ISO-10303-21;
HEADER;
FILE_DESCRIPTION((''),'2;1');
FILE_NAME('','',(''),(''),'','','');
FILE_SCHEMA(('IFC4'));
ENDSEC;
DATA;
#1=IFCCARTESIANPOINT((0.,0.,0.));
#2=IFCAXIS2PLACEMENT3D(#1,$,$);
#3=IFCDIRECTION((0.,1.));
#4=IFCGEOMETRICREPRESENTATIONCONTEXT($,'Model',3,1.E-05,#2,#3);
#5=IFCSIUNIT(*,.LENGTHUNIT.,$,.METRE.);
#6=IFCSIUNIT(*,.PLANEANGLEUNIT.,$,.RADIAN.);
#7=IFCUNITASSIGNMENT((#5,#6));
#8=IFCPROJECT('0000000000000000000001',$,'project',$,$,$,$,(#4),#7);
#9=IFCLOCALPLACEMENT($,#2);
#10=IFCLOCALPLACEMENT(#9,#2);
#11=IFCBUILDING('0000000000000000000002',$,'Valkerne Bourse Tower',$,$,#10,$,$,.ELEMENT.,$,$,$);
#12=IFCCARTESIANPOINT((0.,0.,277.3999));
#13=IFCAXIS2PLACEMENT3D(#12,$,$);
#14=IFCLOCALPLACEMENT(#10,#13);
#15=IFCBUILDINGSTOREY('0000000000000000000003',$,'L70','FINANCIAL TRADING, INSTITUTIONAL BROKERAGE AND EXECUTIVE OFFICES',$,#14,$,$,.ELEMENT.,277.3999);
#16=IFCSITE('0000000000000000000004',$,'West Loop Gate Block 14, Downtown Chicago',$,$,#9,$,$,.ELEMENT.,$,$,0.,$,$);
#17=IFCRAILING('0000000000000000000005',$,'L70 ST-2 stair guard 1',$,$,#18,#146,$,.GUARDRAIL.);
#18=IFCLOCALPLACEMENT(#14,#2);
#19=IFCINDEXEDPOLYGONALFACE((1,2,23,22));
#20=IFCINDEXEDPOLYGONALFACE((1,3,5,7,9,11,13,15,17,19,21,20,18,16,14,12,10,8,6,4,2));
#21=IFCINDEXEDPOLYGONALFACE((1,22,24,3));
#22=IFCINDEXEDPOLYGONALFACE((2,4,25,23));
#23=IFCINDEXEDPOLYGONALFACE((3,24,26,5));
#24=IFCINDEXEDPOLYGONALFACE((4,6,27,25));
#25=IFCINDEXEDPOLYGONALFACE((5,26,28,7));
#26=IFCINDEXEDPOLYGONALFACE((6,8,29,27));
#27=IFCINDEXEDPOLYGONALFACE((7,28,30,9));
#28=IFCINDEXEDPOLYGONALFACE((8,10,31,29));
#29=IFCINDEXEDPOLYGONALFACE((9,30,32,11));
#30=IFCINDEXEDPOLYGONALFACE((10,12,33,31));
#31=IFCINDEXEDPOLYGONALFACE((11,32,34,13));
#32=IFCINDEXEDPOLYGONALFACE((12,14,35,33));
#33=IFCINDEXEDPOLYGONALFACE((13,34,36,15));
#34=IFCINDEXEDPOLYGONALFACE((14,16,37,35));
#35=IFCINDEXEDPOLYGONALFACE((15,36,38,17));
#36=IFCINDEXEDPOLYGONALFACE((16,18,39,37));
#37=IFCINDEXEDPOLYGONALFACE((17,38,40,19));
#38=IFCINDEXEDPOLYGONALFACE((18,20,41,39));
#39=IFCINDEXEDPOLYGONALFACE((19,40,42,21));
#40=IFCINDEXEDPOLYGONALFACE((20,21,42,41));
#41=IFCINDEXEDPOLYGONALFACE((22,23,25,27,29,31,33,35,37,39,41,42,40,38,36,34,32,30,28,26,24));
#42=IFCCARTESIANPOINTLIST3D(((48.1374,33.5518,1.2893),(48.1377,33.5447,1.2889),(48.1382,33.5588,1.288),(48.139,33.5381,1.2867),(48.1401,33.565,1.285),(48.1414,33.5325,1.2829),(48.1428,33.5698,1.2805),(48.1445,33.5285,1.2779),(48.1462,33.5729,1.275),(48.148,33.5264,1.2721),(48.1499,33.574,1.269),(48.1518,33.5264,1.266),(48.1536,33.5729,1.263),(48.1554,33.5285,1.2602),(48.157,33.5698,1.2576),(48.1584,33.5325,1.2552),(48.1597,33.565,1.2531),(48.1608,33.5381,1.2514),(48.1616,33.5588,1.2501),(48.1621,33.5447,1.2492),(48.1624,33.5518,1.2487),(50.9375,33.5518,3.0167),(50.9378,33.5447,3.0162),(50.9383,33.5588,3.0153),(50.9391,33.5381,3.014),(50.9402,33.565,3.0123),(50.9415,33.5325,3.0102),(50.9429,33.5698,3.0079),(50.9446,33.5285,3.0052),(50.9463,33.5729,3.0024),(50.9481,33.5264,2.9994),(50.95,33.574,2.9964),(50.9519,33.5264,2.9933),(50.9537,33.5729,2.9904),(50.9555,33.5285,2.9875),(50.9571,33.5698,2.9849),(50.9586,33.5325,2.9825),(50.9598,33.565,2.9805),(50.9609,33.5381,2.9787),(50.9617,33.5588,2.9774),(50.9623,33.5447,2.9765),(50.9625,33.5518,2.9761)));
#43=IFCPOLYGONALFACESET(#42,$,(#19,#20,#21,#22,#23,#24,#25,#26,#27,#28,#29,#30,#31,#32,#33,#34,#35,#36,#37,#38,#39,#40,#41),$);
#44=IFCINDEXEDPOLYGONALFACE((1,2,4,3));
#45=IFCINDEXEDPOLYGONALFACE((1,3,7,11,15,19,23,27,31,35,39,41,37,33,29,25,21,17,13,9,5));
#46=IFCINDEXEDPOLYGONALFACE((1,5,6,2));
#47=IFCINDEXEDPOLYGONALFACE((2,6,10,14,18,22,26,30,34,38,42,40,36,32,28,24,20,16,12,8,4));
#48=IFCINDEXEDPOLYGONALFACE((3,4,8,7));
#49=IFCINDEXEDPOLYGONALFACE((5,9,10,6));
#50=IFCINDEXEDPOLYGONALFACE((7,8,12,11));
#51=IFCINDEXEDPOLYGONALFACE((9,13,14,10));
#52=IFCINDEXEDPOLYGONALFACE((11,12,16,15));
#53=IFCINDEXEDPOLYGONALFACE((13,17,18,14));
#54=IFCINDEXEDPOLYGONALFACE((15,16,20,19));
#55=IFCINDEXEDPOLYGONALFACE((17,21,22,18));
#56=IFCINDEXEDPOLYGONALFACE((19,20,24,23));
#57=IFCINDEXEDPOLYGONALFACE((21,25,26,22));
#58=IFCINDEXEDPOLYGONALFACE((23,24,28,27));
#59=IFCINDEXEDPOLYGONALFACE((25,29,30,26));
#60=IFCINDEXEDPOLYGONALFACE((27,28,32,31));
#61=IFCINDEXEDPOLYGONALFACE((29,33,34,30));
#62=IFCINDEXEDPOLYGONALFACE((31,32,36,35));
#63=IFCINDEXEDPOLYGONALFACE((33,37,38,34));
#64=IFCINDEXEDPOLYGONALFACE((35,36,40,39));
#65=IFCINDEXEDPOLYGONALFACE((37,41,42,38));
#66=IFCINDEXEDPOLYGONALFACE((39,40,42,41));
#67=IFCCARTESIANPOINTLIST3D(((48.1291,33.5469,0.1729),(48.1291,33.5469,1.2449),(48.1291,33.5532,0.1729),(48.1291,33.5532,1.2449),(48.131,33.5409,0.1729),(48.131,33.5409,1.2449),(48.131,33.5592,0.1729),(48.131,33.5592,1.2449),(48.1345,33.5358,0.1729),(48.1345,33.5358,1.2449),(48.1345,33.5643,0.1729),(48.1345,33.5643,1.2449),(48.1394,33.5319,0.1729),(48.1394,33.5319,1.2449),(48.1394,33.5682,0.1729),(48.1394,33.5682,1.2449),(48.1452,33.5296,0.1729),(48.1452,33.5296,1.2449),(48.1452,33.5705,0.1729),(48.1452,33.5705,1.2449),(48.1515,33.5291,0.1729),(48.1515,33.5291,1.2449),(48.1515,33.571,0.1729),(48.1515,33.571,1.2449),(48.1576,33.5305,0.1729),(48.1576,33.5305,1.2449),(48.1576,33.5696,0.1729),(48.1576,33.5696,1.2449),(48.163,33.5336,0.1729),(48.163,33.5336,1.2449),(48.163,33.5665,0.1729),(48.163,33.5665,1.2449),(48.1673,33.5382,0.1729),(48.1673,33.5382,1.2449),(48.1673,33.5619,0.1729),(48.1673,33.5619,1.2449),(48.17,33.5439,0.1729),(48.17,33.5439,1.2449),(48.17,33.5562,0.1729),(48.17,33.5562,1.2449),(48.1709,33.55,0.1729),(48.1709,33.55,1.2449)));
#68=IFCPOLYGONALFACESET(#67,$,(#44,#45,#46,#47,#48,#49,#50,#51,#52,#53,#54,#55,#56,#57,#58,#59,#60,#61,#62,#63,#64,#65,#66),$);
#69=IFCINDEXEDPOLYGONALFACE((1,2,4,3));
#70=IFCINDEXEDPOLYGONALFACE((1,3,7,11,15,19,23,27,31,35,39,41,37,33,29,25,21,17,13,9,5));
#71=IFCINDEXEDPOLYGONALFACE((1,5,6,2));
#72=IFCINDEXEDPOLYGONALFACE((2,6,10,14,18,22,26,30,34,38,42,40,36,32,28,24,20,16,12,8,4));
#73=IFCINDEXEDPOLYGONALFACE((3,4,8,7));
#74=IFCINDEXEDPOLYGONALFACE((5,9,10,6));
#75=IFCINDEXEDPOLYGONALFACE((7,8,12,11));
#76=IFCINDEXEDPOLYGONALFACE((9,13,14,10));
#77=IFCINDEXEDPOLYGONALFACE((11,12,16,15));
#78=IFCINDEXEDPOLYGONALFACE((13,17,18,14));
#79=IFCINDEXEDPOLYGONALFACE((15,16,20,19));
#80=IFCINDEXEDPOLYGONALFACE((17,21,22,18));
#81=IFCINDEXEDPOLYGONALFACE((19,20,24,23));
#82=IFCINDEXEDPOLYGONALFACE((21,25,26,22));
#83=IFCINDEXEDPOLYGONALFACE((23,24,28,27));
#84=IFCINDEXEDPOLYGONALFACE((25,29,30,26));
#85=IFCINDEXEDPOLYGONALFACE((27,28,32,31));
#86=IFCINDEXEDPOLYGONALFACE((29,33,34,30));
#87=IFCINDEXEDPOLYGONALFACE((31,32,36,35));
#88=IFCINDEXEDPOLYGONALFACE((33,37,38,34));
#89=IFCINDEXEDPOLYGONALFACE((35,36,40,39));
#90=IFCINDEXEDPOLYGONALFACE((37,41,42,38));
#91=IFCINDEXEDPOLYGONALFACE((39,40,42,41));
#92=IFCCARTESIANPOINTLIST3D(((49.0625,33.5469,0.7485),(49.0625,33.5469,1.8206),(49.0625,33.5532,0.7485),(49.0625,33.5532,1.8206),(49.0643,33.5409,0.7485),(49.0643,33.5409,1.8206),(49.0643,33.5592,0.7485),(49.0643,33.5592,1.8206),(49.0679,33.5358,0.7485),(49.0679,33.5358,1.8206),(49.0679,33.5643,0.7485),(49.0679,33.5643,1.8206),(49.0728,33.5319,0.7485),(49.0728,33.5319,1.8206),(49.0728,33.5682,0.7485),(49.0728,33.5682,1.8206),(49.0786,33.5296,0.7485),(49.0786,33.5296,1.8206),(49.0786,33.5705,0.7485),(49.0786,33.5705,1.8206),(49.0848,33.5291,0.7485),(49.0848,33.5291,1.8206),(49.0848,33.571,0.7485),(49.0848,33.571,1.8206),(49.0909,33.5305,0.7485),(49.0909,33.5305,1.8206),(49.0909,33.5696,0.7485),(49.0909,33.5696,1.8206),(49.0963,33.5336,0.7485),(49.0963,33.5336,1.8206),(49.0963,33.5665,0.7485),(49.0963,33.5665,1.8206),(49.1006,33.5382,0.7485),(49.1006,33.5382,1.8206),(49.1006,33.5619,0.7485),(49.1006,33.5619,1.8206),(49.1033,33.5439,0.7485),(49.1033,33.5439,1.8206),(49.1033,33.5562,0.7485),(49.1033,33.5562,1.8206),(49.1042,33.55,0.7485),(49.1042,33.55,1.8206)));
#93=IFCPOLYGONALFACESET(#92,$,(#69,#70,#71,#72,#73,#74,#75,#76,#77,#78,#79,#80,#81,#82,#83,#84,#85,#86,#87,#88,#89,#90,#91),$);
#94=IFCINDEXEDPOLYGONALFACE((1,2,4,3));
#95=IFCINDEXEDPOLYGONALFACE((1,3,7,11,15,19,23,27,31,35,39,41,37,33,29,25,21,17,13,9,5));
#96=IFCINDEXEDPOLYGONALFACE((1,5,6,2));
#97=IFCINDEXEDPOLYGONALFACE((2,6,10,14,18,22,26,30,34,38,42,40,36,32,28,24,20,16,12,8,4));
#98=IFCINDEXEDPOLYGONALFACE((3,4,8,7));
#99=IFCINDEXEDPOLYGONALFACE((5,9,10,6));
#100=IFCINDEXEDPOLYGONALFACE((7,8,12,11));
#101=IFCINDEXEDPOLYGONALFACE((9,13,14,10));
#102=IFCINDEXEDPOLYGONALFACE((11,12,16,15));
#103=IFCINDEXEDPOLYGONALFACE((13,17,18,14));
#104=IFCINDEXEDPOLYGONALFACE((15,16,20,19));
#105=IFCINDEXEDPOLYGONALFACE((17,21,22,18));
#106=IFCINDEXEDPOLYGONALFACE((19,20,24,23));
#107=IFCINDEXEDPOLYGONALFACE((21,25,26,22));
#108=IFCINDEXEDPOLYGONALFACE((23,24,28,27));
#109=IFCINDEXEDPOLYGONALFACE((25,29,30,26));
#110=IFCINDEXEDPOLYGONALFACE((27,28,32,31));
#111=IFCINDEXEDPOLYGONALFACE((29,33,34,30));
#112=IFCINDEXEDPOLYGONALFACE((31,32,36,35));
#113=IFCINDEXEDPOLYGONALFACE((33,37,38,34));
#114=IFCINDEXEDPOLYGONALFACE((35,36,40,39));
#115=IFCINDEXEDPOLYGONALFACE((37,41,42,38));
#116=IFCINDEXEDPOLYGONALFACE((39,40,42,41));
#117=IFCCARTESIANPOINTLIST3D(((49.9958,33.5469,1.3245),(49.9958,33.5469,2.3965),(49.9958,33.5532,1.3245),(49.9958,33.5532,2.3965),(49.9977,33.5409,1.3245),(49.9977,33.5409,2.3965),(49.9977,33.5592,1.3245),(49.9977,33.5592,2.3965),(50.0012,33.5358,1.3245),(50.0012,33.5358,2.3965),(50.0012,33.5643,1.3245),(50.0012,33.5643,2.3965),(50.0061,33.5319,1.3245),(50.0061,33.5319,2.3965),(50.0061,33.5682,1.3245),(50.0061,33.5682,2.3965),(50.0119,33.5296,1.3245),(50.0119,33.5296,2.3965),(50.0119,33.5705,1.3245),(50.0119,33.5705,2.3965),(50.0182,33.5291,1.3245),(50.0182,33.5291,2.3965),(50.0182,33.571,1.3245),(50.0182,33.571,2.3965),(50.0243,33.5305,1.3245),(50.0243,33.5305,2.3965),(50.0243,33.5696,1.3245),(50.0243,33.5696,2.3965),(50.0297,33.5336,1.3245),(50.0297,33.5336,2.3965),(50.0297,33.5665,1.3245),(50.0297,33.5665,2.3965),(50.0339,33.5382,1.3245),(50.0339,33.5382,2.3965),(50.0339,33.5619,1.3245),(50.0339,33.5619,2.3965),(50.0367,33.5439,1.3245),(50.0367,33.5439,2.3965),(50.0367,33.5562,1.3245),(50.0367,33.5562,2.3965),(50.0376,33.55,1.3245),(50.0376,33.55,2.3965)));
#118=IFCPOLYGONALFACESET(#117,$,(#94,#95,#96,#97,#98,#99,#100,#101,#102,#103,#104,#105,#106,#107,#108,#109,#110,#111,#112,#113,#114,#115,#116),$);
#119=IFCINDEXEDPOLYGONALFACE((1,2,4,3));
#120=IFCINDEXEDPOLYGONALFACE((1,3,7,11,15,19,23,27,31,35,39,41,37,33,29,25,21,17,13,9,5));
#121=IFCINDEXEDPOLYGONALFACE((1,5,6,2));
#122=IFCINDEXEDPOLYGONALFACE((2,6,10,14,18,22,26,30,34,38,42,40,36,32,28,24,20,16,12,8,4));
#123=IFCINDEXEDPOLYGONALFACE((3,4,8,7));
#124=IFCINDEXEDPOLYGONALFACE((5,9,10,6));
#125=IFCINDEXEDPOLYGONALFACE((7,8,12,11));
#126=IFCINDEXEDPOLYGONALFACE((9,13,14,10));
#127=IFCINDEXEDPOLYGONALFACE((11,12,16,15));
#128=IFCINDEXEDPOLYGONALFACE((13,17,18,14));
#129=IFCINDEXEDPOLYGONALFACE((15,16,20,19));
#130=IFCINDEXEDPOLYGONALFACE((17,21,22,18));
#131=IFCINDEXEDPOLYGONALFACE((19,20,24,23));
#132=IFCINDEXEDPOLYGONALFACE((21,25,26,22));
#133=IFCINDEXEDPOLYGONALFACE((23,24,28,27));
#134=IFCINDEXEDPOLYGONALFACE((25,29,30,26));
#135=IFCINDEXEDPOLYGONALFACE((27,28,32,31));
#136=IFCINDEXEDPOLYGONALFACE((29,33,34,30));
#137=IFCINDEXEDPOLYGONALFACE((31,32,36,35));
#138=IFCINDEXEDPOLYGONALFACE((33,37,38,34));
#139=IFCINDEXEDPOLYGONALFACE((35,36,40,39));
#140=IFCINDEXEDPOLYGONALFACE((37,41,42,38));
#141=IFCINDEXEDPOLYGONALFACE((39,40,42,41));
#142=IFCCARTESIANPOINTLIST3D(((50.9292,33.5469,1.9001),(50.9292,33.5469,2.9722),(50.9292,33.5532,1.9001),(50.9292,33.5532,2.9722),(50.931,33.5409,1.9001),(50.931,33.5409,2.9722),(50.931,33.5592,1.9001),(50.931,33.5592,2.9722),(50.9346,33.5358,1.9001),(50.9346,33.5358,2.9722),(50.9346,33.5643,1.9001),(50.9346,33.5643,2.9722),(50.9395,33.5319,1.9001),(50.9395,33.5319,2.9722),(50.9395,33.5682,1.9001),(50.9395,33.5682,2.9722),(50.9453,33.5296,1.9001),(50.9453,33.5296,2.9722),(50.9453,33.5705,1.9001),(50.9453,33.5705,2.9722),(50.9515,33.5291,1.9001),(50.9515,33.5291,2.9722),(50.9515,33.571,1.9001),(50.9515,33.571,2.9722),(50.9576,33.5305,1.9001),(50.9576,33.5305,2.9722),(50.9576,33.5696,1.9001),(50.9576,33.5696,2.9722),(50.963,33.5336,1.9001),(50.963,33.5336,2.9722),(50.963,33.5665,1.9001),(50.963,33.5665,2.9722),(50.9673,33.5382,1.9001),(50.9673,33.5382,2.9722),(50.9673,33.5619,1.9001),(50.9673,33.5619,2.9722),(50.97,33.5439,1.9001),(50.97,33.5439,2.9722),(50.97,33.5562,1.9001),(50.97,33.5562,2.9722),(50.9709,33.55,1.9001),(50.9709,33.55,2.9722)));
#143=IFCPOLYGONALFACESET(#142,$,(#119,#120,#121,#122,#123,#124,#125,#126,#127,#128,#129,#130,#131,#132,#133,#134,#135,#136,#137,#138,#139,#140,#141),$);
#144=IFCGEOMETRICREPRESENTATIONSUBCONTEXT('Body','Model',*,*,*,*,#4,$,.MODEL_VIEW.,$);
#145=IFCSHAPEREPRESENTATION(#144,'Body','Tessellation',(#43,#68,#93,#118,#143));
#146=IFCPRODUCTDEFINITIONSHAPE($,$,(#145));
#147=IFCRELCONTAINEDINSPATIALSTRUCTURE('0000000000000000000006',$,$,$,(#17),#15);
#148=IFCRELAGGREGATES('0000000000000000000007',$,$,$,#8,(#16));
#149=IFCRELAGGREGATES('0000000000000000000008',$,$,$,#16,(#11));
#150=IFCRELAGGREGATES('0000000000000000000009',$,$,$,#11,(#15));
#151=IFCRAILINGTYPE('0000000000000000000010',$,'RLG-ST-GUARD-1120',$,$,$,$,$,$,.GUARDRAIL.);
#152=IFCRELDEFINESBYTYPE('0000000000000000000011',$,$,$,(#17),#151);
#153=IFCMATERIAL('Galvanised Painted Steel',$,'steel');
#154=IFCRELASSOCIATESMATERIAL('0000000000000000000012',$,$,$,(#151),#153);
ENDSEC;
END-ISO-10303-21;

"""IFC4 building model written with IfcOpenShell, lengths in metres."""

from ifc_helpers import new_model, si_unit, direction, frame, origin, origin_2d, place, context, subcontext, project, spatial, circle, extrude, material, type_object, element, save


model = new_model("IFC4")

# Units and contexts
model_context = context("Model", 3, precision=1e-05, world=origin(), true_north=direction((0.0, 1.0)))
body_context = subcontext(model_context, "Body", "Model", "MODEL_VIEW")
ifc_project = project(units=[si_unit("LENGTHUNIT", "METRE"), si_unit("PLANEANGLEUNIT", "RADIAN")], contexts=[model_context])

# Site, building, storey
site_placement = place(None, origin())
site = spatial("IfcSite", under=ifc_project, at=site_placement, Name="West Loop Gate Block 14, Downtown Chicago", CompositionType="ELEMENT", RefElevation=0.0)
building_placement = place(site_placement, origin())
building = spatial("IfcBuilding", under=site, at=building_placement, Name="Valkerne Bourse Tower", CompositionType="ELEMENT")
storey_placement = place(building_placement, frame((0.0, 0.0, 277.3999)))
storey = spatial("IfcBuildingStorey", under=building, at=storey_placement, Name="L70", Description="FINANCIAL TRADING, INSTITUTIONAL BROKERAGE AND EXECUTIVE OFFICES", CompositionType="ELEMENT", Elevation=277.3999)

# Shared definitions
ifc_material_1 = material(Name="Galvanised Painted Steel", Category="steel")

# Railing
railing_type_1 = type_object("IfcRailingType", Name="RLG-ST-GUARD-1120", PredefinedType="GUARDRAIL", material=ifc_material_1)
railing_1_placement = place(storey_placement, frame((48.1499, 33.55, 0.1729)))
element("IfcRailing", 1, at=railing_1_placement, inside=storey, type_object=railing_type_1, Name="L70 ST-2 stair guard 1", PredefinedType="GUARDRAIL", context=body_context, shape_type="SweptSolid", body=[
    extrude(circle(Radius=0.0239, at=origin_2d()), frame((0.0, 0.0, 1.0962), z_axis=(0.85109, 0.0, 0.52502), x_axis=(0.0, 1.0, 0.0)), (0.0, 0.0, 1.0), 3.29),
    extrude(circle(Radius=0.021, at=origin_2d()), origin(), (0.0, 0.0, 1.0), 1.072),
    extrude(circle(Radius=0.021, at=origin_2d()), frame((0.9333, 0.0, 0.5757)), (0.0, 0.0, 1.0), 1.072),
    extrude(circle(Radius=0.021, at=origin_2d()), frame((1.8667, 0.0, 1.1516)), (0.0, 0.0, 1.0), 1.072),
    extrude(circle(Radius=0.021, at=origin_2d()), frame((2.8, 0.0, 1.7273)), (0.0, 0.0, 1.0), 1.072),
])

save(model, "model.ifc")
